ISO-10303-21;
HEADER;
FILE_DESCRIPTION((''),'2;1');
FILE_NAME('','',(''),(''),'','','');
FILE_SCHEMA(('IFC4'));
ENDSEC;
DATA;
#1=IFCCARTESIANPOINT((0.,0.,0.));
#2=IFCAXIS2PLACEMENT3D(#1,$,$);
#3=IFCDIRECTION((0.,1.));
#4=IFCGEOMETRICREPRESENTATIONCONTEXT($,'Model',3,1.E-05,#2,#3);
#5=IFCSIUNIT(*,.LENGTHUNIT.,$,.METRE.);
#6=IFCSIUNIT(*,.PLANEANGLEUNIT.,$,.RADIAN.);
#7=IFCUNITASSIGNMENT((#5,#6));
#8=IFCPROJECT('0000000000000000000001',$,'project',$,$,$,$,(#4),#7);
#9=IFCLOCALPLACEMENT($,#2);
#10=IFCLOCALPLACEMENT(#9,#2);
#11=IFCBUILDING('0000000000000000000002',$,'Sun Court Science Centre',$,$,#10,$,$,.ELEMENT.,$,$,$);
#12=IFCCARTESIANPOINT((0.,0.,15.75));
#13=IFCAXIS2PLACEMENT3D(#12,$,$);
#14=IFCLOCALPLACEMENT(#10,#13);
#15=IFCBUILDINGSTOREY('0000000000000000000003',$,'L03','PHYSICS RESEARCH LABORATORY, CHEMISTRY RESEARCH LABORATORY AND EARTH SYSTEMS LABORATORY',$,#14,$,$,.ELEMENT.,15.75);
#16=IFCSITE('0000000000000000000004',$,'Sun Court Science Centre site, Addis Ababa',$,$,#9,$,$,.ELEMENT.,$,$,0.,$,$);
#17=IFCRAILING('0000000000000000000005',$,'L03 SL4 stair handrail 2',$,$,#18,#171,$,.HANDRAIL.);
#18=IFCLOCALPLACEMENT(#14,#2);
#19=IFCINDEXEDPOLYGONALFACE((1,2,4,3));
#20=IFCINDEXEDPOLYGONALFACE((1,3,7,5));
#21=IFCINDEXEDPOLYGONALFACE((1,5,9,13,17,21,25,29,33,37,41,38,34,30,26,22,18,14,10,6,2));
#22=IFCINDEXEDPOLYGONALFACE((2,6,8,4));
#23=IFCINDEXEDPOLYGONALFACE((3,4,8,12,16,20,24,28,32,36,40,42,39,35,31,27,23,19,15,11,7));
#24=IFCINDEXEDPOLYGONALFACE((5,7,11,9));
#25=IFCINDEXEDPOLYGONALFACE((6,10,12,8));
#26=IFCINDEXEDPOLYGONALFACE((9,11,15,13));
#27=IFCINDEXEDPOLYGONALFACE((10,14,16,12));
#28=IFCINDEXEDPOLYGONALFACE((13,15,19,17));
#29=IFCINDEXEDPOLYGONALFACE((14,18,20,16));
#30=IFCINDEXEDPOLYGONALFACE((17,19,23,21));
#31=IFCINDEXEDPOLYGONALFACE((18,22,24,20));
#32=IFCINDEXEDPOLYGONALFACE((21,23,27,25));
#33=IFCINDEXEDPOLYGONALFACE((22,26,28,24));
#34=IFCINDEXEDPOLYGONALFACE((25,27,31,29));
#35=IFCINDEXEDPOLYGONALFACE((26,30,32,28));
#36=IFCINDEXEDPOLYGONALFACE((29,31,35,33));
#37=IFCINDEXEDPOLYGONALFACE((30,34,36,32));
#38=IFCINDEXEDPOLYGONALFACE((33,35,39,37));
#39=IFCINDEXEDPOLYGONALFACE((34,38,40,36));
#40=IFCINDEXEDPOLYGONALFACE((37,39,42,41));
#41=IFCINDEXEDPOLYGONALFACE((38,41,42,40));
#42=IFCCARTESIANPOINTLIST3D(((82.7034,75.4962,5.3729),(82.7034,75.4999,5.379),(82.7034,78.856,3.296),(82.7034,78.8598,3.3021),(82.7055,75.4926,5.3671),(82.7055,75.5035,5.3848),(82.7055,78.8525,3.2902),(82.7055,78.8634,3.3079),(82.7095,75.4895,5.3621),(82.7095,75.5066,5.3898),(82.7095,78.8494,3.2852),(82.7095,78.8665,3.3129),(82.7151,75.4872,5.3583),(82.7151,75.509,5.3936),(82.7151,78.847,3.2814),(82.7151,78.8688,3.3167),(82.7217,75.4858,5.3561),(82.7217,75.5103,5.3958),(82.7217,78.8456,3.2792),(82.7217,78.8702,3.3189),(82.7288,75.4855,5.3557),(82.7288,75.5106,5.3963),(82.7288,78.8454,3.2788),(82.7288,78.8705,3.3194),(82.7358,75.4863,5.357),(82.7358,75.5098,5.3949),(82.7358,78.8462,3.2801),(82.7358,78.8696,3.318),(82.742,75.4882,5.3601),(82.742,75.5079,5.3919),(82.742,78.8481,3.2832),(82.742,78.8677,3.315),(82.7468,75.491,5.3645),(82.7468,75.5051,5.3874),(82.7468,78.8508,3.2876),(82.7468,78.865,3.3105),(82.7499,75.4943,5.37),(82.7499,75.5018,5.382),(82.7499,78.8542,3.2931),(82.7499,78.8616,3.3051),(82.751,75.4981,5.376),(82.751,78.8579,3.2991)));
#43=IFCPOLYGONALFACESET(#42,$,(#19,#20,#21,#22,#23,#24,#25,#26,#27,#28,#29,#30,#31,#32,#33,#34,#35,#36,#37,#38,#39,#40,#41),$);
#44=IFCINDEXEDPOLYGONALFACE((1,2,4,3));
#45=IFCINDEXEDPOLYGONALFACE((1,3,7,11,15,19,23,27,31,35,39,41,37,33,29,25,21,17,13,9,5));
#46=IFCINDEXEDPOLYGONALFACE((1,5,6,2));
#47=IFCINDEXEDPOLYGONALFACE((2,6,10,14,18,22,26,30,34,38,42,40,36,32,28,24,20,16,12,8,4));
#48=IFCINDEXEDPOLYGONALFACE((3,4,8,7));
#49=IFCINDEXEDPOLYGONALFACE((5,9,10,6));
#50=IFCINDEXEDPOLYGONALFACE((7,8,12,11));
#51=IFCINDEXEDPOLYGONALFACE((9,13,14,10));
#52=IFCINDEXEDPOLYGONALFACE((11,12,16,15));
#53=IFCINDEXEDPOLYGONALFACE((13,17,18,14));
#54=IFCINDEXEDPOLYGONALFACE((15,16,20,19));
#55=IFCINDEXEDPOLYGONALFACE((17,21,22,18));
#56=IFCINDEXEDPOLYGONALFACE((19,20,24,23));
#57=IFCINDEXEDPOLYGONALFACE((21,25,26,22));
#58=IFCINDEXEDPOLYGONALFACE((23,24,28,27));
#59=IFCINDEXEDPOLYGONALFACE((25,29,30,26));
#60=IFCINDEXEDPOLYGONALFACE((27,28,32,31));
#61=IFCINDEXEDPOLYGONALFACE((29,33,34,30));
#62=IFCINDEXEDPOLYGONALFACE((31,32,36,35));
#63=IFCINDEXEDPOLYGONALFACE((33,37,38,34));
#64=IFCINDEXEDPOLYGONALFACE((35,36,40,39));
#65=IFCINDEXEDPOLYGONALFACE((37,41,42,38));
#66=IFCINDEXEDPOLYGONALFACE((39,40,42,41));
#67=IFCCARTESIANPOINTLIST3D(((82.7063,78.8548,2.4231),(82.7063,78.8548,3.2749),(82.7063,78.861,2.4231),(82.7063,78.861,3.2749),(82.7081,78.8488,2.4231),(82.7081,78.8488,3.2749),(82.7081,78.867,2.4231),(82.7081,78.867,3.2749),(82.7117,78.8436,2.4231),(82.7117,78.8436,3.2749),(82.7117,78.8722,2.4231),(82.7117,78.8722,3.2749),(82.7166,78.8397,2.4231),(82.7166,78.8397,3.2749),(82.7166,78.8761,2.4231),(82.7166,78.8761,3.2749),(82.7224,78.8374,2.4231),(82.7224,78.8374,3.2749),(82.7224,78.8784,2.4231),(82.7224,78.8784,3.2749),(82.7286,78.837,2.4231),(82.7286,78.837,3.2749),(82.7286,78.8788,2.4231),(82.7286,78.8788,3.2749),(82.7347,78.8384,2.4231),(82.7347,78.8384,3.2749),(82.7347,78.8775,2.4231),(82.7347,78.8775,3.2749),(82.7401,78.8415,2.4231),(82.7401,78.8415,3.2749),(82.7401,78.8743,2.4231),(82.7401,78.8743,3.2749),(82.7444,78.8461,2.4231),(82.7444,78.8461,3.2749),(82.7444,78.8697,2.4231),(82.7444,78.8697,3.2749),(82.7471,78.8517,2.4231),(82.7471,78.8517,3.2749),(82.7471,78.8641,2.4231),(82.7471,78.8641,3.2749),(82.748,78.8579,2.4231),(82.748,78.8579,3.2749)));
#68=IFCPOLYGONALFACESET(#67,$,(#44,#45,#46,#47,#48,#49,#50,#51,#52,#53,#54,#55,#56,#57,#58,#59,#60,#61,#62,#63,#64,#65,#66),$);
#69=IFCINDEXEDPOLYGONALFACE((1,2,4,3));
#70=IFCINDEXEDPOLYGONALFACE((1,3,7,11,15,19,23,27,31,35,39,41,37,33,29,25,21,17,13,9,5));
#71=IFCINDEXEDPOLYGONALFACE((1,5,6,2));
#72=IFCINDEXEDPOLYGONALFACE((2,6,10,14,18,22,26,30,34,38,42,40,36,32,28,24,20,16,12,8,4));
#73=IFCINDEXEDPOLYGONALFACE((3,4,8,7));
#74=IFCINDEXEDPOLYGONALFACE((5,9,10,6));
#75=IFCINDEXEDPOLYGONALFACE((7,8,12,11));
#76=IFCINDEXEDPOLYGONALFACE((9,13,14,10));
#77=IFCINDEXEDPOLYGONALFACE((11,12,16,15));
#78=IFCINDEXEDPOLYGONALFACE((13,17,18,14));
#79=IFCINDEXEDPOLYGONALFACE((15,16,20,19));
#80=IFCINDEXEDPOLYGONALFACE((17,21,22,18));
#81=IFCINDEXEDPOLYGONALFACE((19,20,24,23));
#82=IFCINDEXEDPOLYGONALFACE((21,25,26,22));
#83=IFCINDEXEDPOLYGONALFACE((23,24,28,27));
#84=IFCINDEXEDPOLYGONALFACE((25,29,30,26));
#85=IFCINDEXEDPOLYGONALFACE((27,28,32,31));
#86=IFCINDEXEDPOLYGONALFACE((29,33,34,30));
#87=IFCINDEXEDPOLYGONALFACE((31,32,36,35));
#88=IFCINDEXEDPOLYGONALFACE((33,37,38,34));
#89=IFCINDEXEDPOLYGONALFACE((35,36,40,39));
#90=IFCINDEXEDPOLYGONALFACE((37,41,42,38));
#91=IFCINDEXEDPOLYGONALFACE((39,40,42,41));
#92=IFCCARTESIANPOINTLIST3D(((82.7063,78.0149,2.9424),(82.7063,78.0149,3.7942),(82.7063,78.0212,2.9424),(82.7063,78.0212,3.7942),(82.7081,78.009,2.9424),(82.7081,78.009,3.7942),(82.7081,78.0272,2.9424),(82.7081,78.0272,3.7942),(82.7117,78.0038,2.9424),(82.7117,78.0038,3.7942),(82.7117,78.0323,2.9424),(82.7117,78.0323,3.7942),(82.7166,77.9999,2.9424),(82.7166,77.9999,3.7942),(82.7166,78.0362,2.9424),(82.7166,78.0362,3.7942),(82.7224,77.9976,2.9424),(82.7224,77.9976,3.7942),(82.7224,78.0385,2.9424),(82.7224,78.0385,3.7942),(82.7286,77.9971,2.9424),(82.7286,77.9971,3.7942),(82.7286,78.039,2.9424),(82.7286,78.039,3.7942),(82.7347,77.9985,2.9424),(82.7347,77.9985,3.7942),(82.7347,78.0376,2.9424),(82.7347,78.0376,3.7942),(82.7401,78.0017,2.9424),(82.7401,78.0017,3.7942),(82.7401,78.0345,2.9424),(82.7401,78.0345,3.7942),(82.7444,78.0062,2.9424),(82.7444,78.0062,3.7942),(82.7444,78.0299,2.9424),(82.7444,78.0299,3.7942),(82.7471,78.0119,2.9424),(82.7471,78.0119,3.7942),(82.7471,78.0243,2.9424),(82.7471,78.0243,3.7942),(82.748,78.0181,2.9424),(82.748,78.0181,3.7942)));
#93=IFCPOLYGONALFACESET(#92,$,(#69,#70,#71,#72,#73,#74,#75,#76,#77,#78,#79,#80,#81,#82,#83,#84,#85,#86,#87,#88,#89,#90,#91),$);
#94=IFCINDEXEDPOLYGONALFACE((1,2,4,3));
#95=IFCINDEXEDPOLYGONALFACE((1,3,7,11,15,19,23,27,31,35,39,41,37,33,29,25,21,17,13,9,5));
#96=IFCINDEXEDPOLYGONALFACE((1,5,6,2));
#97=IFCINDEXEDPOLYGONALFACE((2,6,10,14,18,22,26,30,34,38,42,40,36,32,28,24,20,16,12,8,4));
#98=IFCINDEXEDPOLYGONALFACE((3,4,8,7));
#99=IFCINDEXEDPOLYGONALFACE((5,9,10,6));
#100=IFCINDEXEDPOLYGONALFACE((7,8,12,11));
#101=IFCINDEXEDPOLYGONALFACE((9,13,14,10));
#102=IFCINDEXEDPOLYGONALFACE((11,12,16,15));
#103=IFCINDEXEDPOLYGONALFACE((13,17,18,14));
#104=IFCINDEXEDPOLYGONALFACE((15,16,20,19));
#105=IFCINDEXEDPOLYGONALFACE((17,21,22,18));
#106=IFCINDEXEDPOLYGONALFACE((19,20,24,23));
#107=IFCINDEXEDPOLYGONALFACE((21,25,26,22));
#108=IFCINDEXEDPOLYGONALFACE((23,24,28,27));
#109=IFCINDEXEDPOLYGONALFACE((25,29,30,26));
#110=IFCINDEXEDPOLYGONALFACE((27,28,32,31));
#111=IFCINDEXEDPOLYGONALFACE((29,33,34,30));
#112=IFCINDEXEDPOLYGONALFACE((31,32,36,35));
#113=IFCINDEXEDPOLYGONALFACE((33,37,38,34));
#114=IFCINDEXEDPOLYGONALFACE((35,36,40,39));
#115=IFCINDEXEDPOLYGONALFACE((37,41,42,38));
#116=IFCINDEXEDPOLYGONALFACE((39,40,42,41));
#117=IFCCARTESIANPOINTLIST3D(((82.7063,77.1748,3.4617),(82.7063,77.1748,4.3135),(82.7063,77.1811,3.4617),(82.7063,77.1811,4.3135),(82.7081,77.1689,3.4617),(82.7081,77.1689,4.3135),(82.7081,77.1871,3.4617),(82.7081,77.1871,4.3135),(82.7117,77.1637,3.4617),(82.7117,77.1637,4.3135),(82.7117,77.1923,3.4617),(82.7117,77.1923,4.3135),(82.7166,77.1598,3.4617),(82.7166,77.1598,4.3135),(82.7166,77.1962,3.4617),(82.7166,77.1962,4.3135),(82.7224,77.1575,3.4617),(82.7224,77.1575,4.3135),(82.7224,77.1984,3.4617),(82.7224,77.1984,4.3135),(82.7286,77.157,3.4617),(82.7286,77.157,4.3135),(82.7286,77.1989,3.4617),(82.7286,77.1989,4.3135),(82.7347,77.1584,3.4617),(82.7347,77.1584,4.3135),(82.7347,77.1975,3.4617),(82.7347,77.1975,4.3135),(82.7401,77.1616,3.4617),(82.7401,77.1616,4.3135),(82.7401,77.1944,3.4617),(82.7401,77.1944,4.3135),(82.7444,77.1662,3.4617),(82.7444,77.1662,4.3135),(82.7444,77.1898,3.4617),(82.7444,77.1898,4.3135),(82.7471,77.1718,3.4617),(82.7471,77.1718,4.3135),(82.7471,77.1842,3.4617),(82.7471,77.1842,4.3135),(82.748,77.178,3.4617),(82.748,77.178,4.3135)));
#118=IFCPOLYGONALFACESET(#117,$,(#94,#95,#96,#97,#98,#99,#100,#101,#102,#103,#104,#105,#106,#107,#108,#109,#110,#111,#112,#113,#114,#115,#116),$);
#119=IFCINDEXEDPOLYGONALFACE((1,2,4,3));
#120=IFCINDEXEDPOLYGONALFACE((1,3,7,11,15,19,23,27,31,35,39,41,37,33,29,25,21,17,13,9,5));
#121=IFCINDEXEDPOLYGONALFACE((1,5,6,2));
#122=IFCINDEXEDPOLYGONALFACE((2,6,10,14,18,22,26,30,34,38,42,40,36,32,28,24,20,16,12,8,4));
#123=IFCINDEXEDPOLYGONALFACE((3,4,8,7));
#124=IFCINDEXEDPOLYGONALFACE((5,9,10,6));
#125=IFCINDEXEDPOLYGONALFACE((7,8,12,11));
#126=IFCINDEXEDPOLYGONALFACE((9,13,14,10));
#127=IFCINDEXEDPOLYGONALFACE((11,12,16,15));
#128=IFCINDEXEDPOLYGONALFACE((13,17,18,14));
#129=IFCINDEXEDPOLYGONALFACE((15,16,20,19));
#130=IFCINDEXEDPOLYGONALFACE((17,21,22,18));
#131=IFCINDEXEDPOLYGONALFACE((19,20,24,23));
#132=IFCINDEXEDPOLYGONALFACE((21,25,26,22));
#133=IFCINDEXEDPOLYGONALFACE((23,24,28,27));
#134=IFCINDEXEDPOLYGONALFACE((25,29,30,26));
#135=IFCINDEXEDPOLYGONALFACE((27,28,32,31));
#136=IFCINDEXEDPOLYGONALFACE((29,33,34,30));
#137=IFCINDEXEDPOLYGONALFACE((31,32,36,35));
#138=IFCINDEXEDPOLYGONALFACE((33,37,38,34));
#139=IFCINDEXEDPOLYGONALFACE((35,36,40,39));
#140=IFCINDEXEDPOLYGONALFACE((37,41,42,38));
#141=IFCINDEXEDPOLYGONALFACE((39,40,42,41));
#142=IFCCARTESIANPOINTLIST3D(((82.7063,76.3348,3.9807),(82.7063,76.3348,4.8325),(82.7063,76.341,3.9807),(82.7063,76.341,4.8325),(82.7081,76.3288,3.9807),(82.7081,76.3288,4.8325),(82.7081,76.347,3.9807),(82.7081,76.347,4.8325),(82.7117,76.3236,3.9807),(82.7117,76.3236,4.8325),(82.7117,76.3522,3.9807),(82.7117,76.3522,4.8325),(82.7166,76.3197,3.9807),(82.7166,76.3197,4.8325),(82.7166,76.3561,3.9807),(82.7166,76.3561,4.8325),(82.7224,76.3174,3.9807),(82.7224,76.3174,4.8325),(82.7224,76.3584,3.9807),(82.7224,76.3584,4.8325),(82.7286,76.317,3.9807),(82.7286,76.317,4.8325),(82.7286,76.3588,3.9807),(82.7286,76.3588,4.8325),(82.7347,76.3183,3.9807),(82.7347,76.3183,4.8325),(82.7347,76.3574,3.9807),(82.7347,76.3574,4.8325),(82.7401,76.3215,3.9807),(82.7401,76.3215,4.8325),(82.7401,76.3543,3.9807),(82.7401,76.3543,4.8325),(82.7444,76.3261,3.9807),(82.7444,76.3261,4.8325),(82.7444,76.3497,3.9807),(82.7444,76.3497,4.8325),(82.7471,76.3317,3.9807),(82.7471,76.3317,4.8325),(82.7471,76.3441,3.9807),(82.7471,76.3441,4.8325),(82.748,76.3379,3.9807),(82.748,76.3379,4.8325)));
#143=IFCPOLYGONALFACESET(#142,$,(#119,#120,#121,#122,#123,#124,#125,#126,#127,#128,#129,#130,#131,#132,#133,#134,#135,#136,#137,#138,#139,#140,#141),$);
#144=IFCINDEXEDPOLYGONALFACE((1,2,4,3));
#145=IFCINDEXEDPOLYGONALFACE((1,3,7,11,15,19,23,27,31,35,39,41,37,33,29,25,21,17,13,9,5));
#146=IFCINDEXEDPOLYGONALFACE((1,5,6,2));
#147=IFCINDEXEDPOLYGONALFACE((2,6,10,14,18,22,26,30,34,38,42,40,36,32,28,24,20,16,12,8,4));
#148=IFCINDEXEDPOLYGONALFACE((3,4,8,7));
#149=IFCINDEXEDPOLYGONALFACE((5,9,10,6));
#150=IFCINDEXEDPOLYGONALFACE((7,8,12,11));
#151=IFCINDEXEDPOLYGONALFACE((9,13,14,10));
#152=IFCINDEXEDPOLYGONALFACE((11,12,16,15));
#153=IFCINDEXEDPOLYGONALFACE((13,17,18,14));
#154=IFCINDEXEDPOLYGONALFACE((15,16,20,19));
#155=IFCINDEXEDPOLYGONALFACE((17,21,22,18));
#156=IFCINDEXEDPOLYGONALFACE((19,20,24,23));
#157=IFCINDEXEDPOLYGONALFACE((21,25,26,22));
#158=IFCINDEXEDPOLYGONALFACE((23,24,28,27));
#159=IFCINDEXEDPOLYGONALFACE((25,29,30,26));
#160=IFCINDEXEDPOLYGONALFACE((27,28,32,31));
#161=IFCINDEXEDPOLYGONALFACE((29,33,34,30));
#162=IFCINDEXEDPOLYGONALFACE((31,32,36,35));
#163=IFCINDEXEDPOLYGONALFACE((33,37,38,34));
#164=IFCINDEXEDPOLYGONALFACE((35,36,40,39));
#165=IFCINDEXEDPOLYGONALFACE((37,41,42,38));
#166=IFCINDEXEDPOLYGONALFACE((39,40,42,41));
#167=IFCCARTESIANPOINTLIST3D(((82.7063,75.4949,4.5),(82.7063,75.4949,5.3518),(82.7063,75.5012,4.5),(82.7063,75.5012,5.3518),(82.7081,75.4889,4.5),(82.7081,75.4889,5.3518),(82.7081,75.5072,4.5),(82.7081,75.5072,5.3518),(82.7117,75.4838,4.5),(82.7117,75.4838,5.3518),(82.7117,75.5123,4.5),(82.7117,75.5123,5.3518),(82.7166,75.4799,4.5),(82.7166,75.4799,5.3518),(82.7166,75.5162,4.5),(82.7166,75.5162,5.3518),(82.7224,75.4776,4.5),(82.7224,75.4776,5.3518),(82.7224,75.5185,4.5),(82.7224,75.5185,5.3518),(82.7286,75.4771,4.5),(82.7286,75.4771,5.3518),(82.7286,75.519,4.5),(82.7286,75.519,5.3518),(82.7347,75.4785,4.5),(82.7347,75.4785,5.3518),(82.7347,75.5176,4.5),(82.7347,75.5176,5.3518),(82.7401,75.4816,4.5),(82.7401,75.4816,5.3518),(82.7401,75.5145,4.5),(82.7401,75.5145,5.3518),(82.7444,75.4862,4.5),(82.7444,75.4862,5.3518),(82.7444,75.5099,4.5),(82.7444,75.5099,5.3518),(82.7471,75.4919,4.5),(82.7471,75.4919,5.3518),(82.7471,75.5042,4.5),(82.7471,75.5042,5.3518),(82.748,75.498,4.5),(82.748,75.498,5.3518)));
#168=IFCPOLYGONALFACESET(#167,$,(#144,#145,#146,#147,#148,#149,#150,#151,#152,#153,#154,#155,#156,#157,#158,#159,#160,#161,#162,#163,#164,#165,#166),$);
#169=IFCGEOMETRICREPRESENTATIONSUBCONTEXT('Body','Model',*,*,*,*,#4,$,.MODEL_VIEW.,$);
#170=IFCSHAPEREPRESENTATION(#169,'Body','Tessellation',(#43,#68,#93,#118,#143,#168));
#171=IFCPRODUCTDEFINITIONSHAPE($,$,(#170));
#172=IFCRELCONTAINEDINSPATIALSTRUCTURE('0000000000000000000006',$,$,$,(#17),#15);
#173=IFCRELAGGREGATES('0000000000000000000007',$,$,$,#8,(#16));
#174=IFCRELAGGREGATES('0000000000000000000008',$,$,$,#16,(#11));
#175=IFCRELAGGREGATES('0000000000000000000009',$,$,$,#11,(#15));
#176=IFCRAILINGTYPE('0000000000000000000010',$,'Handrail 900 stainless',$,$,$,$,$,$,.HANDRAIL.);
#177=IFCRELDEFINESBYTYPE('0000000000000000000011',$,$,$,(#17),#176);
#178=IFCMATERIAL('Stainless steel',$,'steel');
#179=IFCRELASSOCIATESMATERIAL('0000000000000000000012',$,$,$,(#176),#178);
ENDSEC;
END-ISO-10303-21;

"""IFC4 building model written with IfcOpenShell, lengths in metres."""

from ifc_helpers import new_model, si_unit, direction, frame, origin, origin_2d, place, context, subcontext, project, spatial, circle, extrude, material, type_object, element, save


model = new_model("IFC4")

# Units and contexts
model_context = context("Model", 3, precision=1e-05, world=origin(), true_north=direction((0.0, 1.0)))
body_context = subcontext(model_context, "Body", "Model", "MODEL_VIEW")
ifc_project = project(units=[si_unit("LENGTHUNIT", "METRE"), si_unit("PLANEANGLEUNIT", "RADIAN")], contexts=[model_context])

# Site, building, storey
site_placement = place(None, origin())
site = spatial("IfcSite", under=ifc_project, at=site_placement, Name="Sun Court Science Centre site, Addis Ababa", CompositionType="ELEMENT", RefElevation=0.0)
building_placement = place(site_placement, origin())
building = spatial("IfcBuilding", under=site, at=building_placement, Name="Sun Court Science Centre", CompositionType="ELEMENT")
storey_placement = place(building_placement, frame((0.0, 0.0, 15.75)))
storey = spatial("IfcBuildingStorey", under=building, at=storey_placement, Name="L03", Description="PHYSICS RESEARCH LABORATORY, CHEMISTRY RESEARCH LABORATORY AND EARTH SYSTEMS LABORATORY", CompositionType="ELEMENT", Elevation=15.75)

# Railing
ifc_material_1 = material(Name="Stainless steel", Category="steel")
railing_type_1 = type_object("IfcRailingType", Name="Handrail 900 stainless", PredefinedType="HANDRAIL", material=ifc_material_1)
railing_1_placement = place(storey_placement, frame((82.7271, 78.8579, 2.4231)))
element("IfcRailing", 1, at=railing_1_placement, inside=storey, type_object=railing_type_1, Name="L03 SL4 stair handrail 2", PredefinedType="HANDRAIL", context=body_context, shape_type="SweptSolid", body=[
    extrude(circle(Radius=0.0239, at=origin_2d()), frame((0.0, 0.0, 0.876), z_axis=(0.0, -0.850606, 0.525803), x_axis=(1.0, 0.0, 0.0)), (0.0, 0.0, 1.0), 3.95),
    extrude(circle(Radius=0.021, at=origin_2d()), origin(), (0.0, 0.0, 1.0), 0.8518),
    extrude(circle(Radius=0.021, at=origin_2d()), frame((0.0, -0.8398, 0.5193)), (0.0, 0.0, 1.0), 0.8518),
    extrude(circle(Radius=0.021, at=origin_2d()), frame((0.0, -1.6799, 1.0386)), (0.0, 0.0, 1.0), 0.8518),
    extrude(circle(Radius=0.021, at=origin_2d()), frame((0.0, -2.52, 1.5576)), (0.0, 0.0, 1.0), 0.8518),
    extrude(circle(Radius=0.021, at=origin_2d()), frame((0.0, -3.3599, 2.0769)), (0.0, 0.0, 1.0), 0.8518),
])

save(model, "model.ifc")
